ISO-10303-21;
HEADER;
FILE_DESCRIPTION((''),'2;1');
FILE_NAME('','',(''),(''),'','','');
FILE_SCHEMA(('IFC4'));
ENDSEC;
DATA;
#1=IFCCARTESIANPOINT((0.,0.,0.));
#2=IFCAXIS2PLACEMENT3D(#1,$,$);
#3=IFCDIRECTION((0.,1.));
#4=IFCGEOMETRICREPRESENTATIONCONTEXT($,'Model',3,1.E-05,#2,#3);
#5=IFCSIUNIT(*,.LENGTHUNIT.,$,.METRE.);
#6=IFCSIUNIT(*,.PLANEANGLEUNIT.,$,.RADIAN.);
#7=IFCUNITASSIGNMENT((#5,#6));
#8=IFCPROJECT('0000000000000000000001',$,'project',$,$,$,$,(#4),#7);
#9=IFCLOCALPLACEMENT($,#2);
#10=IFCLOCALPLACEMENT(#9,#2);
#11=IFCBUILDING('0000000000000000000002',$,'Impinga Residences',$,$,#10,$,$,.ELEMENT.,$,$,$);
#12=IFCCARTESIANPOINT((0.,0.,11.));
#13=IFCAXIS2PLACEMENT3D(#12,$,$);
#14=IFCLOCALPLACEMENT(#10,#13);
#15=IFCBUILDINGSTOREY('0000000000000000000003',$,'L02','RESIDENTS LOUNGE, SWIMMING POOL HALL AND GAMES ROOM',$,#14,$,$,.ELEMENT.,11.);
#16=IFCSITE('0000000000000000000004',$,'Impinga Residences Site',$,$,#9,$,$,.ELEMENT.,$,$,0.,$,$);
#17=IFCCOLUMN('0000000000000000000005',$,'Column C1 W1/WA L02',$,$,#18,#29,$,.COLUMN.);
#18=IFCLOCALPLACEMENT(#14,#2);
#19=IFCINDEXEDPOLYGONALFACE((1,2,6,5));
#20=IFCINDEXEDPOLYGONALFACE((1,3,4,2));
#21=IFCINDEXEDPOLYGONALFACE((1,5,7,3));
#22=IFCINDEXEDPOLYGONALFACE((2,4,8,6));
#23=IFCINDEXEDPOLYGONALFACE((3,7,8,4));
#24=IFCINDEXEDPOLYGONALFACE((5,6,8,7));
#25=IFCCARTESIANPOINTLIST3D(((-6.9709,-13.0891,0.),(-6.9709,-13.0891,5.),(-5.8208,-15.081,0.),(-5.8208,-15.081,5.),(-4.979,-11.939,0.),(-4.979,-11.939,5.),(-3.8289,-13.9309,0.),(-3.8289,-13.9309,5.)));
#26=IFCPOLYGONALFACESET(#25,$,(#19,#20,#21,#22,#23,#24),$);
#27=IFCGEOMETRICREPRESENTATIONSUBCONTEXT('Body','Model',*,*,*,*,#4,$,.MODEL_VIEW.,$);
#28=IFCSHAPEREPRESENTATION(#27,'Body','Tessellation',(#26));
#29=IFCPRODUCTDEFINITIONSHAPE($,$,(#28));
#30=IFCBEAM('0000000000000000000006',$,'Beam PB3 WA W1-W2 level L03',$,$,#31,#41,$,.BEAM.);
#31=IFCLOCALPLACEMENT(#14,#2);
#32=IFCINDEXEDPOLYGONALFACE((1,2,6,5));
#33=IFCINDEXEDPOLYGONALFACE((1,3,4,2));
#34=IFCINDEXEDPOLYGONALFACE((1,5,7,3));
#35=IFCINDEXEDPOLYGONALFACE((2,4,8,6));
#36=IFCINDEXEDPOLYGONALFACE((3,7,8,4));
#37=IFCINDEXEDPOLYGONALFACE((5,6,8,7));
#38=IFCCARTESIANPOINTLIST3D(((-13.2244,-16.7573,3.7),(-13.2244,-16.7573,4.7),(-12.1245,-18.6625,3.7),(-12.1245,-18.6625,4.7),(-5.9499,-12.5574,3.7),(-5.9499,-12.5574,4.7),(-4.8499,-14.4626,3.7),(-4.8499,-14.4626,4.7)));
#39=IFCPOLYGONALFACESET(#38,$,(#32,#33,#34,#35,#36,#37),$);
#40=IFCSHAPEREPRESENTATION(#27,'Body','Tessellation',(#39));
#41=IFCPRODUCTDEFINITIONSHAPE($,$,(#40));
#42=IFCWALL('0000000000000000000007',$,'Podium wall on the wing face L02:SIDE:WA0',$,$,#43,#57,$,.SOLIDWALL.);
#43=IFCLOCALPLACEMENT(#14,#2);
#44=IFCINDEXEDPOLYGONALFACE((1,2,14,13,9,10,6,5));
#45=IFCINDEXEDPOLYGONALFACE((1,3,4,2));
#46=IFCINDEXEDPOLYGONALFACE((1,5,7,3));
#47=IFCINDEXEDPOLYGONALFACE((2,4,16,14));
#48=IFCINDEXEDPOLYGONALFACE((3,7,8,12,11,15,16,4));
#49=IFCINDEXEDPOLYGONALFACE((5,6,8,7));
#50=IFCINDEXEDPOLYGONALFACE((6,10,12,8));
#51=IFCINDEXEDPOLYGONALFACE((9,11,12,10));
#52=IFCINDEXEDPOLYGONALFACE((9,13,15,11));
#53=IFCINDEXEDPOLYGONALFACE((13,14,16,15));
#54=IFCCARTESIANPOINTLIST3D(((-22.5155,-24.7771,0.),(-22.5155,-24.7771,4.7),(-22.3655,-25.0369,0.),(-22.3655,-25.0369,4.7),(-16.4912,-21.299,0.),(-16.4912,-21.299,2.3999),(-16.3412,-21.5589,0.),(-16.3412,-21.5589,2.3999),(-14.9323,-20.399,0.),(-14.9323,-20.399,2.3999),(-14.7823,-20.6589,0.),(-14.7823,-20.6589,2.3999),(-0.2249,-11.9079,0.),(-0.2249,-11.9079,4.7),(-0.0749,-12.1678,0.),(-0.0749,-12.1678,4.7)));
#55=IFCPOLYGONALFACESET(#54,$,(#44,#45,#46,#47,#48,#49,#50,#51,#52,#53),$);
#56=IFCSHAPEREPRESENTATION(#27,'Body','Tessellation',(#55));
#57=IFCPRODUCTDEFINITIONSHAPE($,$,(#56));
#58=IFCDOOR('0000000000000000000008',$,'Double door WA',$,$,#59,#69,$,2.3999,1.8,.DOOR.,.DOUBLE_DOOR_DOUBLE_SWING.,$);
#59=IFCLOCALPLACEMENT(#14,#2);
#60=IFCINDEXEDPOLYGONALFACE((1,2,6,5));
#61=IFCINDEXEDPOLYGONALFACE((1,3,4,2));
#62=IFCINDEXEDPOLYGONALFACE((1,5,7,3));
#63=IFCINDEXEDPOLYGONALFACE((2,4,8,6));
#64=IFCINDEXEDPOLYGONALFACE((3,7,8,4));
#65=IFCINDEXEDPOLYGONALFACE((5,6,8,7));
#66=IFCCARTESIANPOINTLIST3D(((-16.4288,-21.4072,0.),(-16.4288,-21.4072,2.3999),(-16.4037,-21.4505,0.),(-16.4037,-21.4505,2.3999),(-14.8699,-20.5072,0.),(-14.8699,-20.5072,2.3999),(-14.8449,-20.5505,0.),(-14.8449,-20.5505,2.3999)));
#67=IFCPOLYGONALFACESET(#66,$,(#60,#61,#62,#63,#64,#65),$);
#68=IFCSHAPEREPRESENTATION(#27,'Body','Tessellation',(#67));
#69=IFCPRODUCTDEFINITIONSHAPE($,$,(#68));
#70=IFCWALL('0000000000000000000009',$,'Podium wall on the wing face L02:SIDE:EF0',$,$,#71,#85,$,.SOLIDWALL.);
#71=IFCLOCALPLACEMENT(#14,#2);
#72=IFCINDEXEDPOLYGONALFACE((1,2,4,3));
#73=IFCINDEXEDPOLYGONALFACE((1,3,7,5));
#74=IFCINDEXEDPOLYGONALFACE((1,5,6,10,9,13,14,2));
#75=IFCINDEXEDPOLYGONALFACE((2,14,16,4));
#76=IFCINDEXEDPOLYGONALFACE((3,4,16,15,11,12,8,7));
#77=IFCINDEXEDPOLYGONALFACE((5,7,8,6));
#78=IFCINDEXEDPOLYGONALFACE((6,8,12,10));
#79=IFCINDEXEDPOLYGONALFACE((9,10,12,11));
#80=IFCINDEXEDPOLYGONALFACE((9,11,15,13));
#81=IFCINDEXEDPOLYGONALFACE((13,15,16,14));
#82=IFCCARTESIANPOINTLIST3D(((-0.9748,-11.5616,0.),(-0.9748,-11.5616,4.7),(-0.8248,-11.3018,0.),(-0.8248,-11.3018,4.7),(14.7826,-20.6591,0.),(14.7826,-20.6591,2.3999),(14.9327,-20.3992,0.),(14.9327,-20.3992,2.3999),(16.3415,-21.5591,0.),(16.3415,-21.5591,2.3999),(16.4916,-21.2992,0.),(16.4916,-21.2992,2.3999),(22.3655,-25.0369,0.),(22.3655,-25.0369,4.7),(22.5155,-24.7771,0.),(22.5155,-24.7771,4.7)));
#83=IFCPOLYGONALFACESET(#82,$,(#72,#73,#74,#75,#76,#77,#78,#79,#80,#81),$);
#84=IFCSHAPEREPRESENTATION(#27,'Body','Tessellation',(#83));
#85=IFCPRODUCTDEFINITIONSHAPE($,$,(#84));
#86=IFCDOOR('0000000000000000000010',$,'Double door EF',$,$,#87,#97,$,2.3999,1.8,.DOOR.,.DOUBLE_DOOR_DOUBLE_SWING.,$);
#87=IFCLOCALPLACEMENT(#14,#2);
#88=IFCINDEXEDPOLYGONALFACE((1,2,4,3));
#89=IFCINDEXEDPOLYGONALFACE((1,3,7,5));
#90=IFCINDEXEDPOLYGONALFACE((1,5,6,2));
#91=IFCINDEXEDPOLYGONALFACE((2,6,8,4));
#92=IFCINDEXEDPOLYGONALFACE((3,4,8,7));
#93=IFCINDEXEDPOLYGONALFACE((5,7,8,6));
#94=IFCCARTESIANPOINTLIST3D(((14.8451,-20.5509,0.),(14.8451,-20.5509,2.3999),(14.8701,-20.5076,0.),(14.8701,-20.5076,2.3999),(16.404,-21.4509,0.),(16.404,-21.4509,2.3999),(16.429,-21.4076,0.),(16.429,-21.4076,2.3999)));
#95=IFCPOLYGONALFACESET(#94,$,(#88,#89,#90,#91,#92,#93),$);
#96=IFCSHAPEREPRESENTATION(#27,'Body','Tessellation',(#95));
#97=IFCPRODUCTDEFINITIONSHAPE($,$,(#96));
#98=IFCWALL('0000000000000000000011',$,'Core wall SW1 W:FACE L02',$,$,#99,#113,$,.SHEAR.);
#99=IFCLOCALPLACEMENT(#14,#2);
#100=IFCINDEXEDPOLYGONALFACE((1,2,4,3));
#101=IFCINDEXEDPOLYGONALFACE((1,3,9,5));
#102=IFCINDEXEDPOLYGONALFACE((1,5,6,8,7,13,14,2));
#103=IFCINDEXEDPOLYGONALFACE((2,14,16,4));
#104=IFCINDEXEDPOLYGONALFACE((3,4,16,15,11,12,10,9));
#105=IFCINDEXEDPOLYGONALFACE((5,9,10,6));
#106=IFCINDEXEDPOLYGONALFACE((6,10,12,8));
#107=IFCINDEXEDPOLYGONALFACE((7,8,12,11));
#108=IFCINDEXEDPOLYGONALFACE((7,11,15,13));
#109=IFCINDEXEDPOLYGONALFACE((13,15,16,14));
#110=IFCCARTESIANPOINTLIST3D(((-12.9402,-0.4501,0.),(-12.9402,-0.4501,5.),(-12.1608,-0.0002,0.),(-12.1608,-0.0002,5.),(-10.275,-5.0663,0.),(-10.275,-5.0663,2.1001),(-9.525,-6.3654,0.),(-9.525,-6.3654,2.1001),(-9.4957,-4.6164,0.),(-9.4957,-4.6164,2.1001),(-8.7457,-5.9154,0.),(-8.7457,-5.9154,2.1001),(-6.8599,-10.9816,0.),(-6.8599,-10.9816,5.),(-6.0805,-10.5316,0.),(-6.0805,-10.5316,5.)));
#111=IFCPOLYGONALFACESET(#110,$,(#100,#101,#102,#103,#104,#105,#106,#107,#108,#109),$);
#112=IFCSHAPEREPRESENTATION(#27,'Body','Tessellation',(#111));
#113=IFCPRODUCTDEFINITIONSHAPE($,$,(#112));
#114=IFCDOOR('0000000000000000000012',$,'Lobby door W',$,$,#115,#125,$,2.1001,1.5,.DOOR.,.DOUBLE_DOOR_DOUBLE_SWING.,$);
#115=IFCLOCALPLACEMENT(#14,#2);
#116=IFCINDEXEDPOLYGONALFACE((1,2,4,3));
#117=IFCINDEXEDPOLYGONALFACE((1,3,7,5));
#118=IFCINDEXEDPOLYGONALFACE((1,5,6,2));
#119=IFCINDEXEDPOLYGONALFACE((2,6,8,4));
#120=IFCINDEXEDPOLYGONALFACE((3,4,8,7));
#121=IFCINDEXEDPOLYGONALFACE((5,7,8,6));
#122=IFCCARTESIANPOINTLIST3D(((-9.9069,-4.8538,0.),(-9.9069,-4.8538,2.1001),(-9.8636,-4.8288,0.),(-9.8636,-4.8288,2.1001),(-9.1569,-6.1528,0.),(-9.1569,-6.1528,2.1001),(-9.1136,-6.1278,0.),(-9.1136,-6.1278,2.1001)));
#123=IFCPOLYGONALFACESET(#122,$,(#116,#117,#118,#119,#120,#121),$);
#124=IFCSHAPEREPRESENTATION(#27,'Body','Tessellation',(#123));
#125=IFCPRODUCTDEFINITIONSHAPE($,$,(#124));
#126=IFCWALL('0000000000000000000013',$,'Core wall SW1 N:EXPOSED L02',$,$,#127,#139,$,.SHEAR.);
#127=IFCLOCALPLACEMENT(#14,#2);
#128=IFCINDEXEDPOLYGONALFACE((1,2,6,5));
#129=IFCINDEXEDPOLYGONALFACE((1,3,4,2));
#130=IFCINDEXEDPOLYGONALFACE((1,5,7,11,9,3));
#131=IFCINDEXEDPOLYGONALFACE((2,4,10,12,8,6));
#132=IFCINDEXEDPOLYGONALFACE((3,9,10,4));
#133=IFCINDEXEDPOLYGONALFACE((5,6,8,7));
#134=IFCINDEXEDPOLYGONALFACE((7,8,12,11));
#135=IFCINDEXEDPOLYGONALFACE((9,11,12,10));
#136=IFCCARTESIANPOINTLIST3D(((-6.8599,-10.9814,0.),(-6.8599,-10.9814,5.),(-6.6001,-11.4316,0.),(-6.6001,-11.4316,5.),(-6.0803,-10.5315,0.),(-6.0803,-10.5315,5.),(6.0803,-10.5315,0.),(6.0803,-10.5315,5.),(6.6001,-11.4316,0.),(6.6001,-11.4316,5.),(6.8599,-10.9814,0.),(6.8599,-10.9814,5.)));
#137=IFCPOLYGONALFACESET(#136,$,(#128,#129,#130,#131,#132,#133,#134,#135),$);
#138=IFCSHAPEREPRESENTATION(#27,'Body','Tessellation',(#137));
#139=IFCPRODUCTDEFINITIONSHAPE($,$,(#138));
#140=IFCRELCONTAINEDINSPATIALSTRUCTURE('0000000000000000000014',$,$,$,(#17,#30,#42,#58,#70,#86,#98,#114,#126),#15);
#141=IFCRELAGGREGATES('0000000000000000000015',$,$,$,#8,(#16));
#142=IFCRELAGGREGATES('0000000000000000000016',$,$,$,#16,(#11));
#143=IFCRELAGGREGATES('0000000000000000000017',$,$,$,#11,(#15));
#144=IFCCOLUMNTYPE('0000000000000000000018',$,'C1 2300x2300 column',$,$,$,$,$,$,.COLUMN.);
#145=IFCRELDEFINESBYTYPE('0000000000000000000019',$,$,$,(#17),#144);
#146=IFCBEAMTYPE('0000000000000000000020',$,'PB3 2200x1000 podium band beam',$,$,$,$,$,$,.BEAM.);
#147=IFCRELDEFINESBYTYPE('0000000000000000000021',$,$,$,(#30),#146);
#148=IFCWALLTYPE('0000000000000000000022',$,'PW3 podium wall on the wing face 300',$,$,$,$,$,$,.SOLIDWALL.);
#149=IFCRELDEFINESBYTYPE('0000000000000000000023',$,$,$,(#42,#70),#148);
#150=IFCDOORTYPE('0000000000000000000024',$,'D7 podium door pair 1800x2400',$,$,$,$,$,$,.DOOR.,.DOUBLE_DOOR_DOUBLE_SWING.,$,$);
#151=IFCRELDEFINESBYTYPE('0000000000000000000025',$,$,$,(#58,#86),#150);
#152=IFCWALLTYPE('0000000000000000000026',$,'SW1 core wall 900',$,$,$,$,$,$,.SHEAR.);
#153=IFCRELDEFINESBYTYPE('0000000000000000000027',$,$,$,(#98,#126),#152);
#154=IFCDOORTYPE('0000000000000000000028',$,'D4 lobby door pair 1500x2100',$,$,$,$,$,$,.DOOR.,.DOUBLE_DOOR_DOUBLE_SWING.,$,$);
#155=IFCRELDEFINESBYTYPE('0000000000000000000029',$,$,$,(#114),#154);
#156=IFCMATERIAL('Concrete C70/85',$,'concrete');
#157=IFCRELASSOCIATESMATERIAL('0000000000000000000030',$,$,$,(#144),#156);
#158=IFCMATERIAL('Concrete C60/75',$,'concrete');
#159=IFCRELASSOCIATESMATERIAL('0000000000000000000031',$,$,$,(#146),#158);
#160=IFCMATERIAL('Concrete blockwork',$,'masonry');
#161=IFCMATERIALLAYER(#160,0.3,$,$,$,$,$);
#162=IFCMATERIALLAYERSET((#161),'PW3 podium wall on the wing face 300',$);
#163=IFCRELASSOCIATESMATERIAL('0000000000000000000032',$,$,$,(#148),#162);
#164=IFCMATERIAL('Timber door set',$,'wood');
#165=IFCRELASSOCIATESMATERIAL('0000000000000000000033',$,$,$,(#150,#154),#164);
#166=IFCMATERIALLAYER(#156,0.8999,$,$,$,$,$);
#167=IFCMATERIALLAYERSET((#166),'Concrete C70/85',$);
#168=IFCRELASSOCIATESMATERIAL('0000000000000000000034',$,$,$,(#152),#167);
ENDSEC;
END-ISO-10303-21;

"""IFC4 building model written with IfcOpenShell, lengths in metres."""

from ifc_helpers import new_model, si_unit, direction, frame, frame_2d, origin, origin_2d, place, context, subcontext, project, spatial, polyline, rectangle, outline, extrude, material, layer, layer_set, material_profile, profile_set, type_object, element, fill, save


model = new_model("IFC4")

# Units and contexts
model_context = context("Model", 3, precision=1e-05, world=origin(), true_north=direction((0.0, 1.0)))
body_context = subcontext(model_context, "Body", "Model", "MODEL_VIEW")
ifc_project = project(units=[si_unit("LENGTHUNIT", "METRE"), si_unit("PLANEANGLEUNIT", "RADIAN")], contexts=[model_context])

# Site, building, storey
site_placement = place(None, origin())
site = spatial("IfcSite", under=ifc_project, at=site_placement, Name="Impinga Residences Site", CompositionType="ELEMENT", RefElevation=0.0)
building_placement = place(site_placement, origin())
building = spatial("IfcBuilding", under=site, at=building_placement, Name="Impinga Residences", CompositionType="ELEMENT")
storey_placement = place(building_placement, frame((0.0, 0.0, 11.0)))
storey = spatial("IfcBuildingStorey", under=building, at=storey_placement, Name="L02", Description="RESIDENTS LOUNGE, SWIMMING POOL HALL AND GAMES ROOM", CompositionType="ELEMENT", Elevation=11.0)

# Column
ifc_material_1 = material(Name="Concrete C70/85", Category="concrete")
ifc_material_profile_1 = material_profile(ifc_material_1, rectangle(XDim=2.3, YDim=2.3, at=origin_2d()), Name="RC 2300x2300")
ifc_profile_set_1 = profile_set([ifc_material_profile_1], Name="Concrete C70/85")
column_type = type_object("IfcColumnType", Name="C1 2300x2300 column", PredefinedType="COLUMN", material=ifc_profile_set_1)
column_placement = place(storey_placement, frame((-5.3999, -13.51, 0.0), z_axis=(0.0, 0.0, 1.0), x_axis=(-0.5, 0.866025, 0.0)))
element("IfcColumn", 1, at=column_placement, inside=storey, type_object=column_type, Name="Column C1 W1/WA L02", PredefinedType="COLUMN", context=body_context, shape_type="SweptSolid", body=[
    extrude(rectangle(XDim=2.3, YDim=2.3, at=origin_2d()), origin(), (0.0, 0.0, 1.0), 5.0),
])

# Beam
ifc_material_2 = material(Name="Concrete C60/75", Category="concrete")
ifc_material_profile_2 = material_profile(ifc_material_2, rectangle(XDim=2.2, YDim=1.0, at=origin_2d()), Name="RC 2200x1000")
ifc_profile_set_2 = profile_set([ifc_material_profile_2], Name="Concrete C60/75")
beam_type = type_object("IfcBeamType", Name="PB3 2200x1000 podium band beam", PredefinedType="BEAM", material=ifc_profile_set_2)
beam_placement = place(storey_placement, frame((-5.3999, -13.51, 4.2), z_axis=(-0.866029, -0.499993, 0.0), x_axis=(0.499993, -0.866029, 0.0)))
element("IfcBeam", 2, at=beam_placement, inside=storey, type_object=beam_type, Name="Beam PB3 WA W1-W2 level L03", PredefinedType="BEAM", context=body_context, shape_type="SweptSolid", body=[
    extrude(rectangle(XDim=2.2, YDim=1.0, at=origin_2d()), origin(), (0.0, 0.0, 1.0), 8.3999),
])

# Walls, openings, doors
ifc_material_3 = material(Name="Concrete blockwork", Category="masonry")
ifc_layer_1 = layer(ifc_material_3, 0.3)
ifc_layer_set_1 = layer_set([ifc_layer_1], Name="PW3 podium wall on the wing face 300")
wall_type_1 = type_object("IfcWallType", Name="PW3 podium wall on the wing face 300", PredefinedType="SOLIDWALL", material=ifc_layer_set_1)
wall_1_placement = place(storey_placement, frame((-0.1499, -12.0378, 0.0), z_axis=(0.0, 0.0, 1.0), x_axis=(-0.86603, -0.499991, 0.0)))
wall_1 = element("IfcWall", 3, at=wall_1_placement, inside=storey, type_object=wall_type_1, Name="Podium wall on the wing face L02:SIDE:WA0", PredefinedType="SOLIDWALL", context=body_context, shape_type="SweptSolid", body=[
    extrude(rectangle(XDim=25.7388, YDim=0.3, at=frame_2d((12.8694, 0.0))), origin(), (0.0, 0.0, 1.0), 4.7),
])
opening_1_placement = place(wall_1_placement, frame((16.9827, 0.0, 0.0)))
opening_1 = element("IfcOpeningElement", 4, at=opening_1_placement, cuts=wall_1, PredefinedType="OPENING", context=body_context, shape_type="SweptSolid", body=[
    extrude(rectangle(XDim=1.8, YDim=2.3999, at=frame_2d((0.8999, 1.2))), frame((0.0, 0.1599, 0.0), z_axis=(0.0, -1.0, 0.0), x_axis=(1.0, 0.0, 0.0)), (0.0, 0.0, 1.0), 0.3201),
])
ifc_material_4 = material(Name="Timber door set", Category="wood")
door_type_1 = type_object("IfcDoorType", Name="D7 podium door pair 1800x2400", OperationType="DOUBLE_DOOR_DOUBLE_SWING", PredefinedType="DOOR", material=ifc_material_4)
door_1_placement = place(opening_1_placement, origin())
door_1 = element("IfcDoor", 5, at=door_1_placement, inside=storey, type_object=door_type_1, Name="Double door WA", OperationType="DOUBLE_DOOR_DOUBLE_SWING", OverallHeight=2.3999, OverallWidth=1.8, PredefinedType="DOOR", context=body_context, shape_type="SweptSolid", body=[
    extrude(rectangle(XDim=1.8, YDim=2.3999, at=frame_2d((0.8999, 1.2))), frame((0.0, 0.0249, 0.0), z_axis=(0.0, -1.0, 0.0), x_axis=(1.0, 0.0, 0.0)), (0.0, 0.0, 1.0), 0.05),
])
fill(opening_1, door_1)
wall_2_placement = place(storey_placement, frame((-0.8999, -11.4316, 0.0), z_axis=(0.0, 0.0, 1.0), x_axis=(0.866029, -0.499994, 0.0)))
wall_2 = element("IfcWall", 6, at=wall_2_placement, inside=storey, type_object=wall_type_1, Name="Podium wall on the wing face L02:SIDE:EF0", PredefinedType="SOLIDWALL", context=body_context, shape_type="SweptSolid", body=[
    extrude(rectangle(XDim=26.9509, YDim=0.3, at=frame_2d((13.4756, 0.0))), origin(), (0.0, 0.0, 1.0), 4.7),
])
opening_2_placement = place(wall_2_placement, frame((18.1953, 0.0, 0.0)))
opening_2 = element("IfcOpeningElement", 7, at=opening_2_placement, cuts=wall_2, PredefinedType="OPENING", context=body_context, shape_type="SweptSolid", body=[
    extrude(rectangle(XDim=1.8, YDim=2.3999, at=frame_2d((0.8999, 1.2))), frame((0.0, 0.1599, 0.0), z_axis=(0.0, -1.0, 0.0), x_axis=(1.0, 0.0, 0.0)), (0.0, 0.0, 1.0), 0.3201),
])
door_2_placement = place(opening_2_placement, origin())
door_2 = element("IfcDoor", 8, at=door_2_placement, inside=storey, type_object=door_type_1, Name="Double door EF", OperationType="DOUBLE_DOOR_DOUBLE_SWING", OverallHeight=2.3999, OverallWidth=1.8, PredefinedType="DOOR", context=body_context, shape_type="SweptSolid", body=[
    extrude(rectangle(XDim=1.8, YDim=2.3999, at=frame_2d((0.8999, 1.2))), frame((0.0, 0.0249, 0.0), z_axis=(0.0, -1.0, 0.0), x_axis=(1.0, 0.0, 0.0)), (0.0, 0.0, 1.0), 0.05),
])
fill(opening_2, door_2)
ifc_layer_2 = layer(ifc_material_1, 0.8999)
ifc_layer_set_2 = layer_set([ifc_layer_2], Name="Concrete C70/85")
wall_type_2 = type_object("IfcWallType", Name="SW1 core wall 900", PredefinedType="SHEAR", material=ifc_layer_set_2)
wall_3_placement = place(storey_placement, frame((-6.4702, -10.7566, 0.0), z_axis=(0.0, 0.0, 1.0), x_axis=(-0.499998, 0.866027, 0.0)))
wall_3 = element("IfcWall", 9, at=wall_3_placement, inside=storey, type_object=wall_type_2, Name="Core wall SW1 W:FACE L02", PredefinedType="SHEAR", context=body_context, shape_type="SweptSolid", body=[
    extrude(rectangle(XDim=12.1606, YDim=0.8999, at=frame_2d((6.0803, 0.0))), origin(), (0.0, 0.0, 1.0), 5.0),
])
opening_3_placement = place(wall_3_placement, frame((5.3303, 0.0, 0.0)))
opening_3 = element("IfcOpeningElement", 10, at=opening_3_placement, cuts=wall_3, PredefinedType="OPENING", context=body_context, shape_type="SweptSolid", body=[
    extrude(rectangle(XDim=1.5, YDim=2.1001, at=frame_2d((0.75, 1.05))), frame((0.0, 0.46, 0.0), z_axis=(0.0, -1.0, 0.0), x_axis=(1.0, 0.0, 0.0)), (0.0, 0.0, 1.0), 0.9199),
])
door_type_2 = type_object("IfcDoorType", Name="D4 lobby door pair 1500x2100", OperationType="DOUBLE_DOOR_DOUBLE_SWING", PredefinedType="DOOR", material=ifc_material_4)
door_3_placement = place(opening_3_placement, origin())
door_3 = element("IfcDoor", 11, at=door_3_placement, inside=storey, type_object=door_type_2, Name="Lobby door W", OperationType="DOUBLE_DOOR_DOUBLE_SWING", OverallHeight=2.1001, OverallWidth=1.5, PredefinedType="DOOR", context=body_context, shape_type="SweptSolid", body=[
    extrude(rectangle(XDim=1.5, YDim=2.1001, at=frame_2d((0.75, 1.05))), frame((0.0, 0.0249, 0.0), z_axis=(0.0, -1.0, 0.0), x_axis=(1.0, 0.0, 0.0)), (0.0, 0.0, 1.0), 0.05),
])
fill(opening_3, door_3)

# Wall
wall_4_placement = place(storey_placement, origin())
element("IfcWall", 12, at=wall_4_placement, inside=storey, type_object=wall_type_2, Name="Core wall SW1 N:EXPOSED L02", PredefinedType="SHEAR", context=body_context, shape_type="SweptSolid", body=[
    extrude(outline(polyline([(-6.6001, -11.4316), (6.6001, -11.4316), (6.8599, -10.9814), (6.0803, -10.5315), (-6.0803, -10.5315), (-6.8599, -10.9814), (-6.6001, -11.4316)])), origin(), (0.0, 0.0, 1.0), 5.0),
])

save(model, "model.ifc")
